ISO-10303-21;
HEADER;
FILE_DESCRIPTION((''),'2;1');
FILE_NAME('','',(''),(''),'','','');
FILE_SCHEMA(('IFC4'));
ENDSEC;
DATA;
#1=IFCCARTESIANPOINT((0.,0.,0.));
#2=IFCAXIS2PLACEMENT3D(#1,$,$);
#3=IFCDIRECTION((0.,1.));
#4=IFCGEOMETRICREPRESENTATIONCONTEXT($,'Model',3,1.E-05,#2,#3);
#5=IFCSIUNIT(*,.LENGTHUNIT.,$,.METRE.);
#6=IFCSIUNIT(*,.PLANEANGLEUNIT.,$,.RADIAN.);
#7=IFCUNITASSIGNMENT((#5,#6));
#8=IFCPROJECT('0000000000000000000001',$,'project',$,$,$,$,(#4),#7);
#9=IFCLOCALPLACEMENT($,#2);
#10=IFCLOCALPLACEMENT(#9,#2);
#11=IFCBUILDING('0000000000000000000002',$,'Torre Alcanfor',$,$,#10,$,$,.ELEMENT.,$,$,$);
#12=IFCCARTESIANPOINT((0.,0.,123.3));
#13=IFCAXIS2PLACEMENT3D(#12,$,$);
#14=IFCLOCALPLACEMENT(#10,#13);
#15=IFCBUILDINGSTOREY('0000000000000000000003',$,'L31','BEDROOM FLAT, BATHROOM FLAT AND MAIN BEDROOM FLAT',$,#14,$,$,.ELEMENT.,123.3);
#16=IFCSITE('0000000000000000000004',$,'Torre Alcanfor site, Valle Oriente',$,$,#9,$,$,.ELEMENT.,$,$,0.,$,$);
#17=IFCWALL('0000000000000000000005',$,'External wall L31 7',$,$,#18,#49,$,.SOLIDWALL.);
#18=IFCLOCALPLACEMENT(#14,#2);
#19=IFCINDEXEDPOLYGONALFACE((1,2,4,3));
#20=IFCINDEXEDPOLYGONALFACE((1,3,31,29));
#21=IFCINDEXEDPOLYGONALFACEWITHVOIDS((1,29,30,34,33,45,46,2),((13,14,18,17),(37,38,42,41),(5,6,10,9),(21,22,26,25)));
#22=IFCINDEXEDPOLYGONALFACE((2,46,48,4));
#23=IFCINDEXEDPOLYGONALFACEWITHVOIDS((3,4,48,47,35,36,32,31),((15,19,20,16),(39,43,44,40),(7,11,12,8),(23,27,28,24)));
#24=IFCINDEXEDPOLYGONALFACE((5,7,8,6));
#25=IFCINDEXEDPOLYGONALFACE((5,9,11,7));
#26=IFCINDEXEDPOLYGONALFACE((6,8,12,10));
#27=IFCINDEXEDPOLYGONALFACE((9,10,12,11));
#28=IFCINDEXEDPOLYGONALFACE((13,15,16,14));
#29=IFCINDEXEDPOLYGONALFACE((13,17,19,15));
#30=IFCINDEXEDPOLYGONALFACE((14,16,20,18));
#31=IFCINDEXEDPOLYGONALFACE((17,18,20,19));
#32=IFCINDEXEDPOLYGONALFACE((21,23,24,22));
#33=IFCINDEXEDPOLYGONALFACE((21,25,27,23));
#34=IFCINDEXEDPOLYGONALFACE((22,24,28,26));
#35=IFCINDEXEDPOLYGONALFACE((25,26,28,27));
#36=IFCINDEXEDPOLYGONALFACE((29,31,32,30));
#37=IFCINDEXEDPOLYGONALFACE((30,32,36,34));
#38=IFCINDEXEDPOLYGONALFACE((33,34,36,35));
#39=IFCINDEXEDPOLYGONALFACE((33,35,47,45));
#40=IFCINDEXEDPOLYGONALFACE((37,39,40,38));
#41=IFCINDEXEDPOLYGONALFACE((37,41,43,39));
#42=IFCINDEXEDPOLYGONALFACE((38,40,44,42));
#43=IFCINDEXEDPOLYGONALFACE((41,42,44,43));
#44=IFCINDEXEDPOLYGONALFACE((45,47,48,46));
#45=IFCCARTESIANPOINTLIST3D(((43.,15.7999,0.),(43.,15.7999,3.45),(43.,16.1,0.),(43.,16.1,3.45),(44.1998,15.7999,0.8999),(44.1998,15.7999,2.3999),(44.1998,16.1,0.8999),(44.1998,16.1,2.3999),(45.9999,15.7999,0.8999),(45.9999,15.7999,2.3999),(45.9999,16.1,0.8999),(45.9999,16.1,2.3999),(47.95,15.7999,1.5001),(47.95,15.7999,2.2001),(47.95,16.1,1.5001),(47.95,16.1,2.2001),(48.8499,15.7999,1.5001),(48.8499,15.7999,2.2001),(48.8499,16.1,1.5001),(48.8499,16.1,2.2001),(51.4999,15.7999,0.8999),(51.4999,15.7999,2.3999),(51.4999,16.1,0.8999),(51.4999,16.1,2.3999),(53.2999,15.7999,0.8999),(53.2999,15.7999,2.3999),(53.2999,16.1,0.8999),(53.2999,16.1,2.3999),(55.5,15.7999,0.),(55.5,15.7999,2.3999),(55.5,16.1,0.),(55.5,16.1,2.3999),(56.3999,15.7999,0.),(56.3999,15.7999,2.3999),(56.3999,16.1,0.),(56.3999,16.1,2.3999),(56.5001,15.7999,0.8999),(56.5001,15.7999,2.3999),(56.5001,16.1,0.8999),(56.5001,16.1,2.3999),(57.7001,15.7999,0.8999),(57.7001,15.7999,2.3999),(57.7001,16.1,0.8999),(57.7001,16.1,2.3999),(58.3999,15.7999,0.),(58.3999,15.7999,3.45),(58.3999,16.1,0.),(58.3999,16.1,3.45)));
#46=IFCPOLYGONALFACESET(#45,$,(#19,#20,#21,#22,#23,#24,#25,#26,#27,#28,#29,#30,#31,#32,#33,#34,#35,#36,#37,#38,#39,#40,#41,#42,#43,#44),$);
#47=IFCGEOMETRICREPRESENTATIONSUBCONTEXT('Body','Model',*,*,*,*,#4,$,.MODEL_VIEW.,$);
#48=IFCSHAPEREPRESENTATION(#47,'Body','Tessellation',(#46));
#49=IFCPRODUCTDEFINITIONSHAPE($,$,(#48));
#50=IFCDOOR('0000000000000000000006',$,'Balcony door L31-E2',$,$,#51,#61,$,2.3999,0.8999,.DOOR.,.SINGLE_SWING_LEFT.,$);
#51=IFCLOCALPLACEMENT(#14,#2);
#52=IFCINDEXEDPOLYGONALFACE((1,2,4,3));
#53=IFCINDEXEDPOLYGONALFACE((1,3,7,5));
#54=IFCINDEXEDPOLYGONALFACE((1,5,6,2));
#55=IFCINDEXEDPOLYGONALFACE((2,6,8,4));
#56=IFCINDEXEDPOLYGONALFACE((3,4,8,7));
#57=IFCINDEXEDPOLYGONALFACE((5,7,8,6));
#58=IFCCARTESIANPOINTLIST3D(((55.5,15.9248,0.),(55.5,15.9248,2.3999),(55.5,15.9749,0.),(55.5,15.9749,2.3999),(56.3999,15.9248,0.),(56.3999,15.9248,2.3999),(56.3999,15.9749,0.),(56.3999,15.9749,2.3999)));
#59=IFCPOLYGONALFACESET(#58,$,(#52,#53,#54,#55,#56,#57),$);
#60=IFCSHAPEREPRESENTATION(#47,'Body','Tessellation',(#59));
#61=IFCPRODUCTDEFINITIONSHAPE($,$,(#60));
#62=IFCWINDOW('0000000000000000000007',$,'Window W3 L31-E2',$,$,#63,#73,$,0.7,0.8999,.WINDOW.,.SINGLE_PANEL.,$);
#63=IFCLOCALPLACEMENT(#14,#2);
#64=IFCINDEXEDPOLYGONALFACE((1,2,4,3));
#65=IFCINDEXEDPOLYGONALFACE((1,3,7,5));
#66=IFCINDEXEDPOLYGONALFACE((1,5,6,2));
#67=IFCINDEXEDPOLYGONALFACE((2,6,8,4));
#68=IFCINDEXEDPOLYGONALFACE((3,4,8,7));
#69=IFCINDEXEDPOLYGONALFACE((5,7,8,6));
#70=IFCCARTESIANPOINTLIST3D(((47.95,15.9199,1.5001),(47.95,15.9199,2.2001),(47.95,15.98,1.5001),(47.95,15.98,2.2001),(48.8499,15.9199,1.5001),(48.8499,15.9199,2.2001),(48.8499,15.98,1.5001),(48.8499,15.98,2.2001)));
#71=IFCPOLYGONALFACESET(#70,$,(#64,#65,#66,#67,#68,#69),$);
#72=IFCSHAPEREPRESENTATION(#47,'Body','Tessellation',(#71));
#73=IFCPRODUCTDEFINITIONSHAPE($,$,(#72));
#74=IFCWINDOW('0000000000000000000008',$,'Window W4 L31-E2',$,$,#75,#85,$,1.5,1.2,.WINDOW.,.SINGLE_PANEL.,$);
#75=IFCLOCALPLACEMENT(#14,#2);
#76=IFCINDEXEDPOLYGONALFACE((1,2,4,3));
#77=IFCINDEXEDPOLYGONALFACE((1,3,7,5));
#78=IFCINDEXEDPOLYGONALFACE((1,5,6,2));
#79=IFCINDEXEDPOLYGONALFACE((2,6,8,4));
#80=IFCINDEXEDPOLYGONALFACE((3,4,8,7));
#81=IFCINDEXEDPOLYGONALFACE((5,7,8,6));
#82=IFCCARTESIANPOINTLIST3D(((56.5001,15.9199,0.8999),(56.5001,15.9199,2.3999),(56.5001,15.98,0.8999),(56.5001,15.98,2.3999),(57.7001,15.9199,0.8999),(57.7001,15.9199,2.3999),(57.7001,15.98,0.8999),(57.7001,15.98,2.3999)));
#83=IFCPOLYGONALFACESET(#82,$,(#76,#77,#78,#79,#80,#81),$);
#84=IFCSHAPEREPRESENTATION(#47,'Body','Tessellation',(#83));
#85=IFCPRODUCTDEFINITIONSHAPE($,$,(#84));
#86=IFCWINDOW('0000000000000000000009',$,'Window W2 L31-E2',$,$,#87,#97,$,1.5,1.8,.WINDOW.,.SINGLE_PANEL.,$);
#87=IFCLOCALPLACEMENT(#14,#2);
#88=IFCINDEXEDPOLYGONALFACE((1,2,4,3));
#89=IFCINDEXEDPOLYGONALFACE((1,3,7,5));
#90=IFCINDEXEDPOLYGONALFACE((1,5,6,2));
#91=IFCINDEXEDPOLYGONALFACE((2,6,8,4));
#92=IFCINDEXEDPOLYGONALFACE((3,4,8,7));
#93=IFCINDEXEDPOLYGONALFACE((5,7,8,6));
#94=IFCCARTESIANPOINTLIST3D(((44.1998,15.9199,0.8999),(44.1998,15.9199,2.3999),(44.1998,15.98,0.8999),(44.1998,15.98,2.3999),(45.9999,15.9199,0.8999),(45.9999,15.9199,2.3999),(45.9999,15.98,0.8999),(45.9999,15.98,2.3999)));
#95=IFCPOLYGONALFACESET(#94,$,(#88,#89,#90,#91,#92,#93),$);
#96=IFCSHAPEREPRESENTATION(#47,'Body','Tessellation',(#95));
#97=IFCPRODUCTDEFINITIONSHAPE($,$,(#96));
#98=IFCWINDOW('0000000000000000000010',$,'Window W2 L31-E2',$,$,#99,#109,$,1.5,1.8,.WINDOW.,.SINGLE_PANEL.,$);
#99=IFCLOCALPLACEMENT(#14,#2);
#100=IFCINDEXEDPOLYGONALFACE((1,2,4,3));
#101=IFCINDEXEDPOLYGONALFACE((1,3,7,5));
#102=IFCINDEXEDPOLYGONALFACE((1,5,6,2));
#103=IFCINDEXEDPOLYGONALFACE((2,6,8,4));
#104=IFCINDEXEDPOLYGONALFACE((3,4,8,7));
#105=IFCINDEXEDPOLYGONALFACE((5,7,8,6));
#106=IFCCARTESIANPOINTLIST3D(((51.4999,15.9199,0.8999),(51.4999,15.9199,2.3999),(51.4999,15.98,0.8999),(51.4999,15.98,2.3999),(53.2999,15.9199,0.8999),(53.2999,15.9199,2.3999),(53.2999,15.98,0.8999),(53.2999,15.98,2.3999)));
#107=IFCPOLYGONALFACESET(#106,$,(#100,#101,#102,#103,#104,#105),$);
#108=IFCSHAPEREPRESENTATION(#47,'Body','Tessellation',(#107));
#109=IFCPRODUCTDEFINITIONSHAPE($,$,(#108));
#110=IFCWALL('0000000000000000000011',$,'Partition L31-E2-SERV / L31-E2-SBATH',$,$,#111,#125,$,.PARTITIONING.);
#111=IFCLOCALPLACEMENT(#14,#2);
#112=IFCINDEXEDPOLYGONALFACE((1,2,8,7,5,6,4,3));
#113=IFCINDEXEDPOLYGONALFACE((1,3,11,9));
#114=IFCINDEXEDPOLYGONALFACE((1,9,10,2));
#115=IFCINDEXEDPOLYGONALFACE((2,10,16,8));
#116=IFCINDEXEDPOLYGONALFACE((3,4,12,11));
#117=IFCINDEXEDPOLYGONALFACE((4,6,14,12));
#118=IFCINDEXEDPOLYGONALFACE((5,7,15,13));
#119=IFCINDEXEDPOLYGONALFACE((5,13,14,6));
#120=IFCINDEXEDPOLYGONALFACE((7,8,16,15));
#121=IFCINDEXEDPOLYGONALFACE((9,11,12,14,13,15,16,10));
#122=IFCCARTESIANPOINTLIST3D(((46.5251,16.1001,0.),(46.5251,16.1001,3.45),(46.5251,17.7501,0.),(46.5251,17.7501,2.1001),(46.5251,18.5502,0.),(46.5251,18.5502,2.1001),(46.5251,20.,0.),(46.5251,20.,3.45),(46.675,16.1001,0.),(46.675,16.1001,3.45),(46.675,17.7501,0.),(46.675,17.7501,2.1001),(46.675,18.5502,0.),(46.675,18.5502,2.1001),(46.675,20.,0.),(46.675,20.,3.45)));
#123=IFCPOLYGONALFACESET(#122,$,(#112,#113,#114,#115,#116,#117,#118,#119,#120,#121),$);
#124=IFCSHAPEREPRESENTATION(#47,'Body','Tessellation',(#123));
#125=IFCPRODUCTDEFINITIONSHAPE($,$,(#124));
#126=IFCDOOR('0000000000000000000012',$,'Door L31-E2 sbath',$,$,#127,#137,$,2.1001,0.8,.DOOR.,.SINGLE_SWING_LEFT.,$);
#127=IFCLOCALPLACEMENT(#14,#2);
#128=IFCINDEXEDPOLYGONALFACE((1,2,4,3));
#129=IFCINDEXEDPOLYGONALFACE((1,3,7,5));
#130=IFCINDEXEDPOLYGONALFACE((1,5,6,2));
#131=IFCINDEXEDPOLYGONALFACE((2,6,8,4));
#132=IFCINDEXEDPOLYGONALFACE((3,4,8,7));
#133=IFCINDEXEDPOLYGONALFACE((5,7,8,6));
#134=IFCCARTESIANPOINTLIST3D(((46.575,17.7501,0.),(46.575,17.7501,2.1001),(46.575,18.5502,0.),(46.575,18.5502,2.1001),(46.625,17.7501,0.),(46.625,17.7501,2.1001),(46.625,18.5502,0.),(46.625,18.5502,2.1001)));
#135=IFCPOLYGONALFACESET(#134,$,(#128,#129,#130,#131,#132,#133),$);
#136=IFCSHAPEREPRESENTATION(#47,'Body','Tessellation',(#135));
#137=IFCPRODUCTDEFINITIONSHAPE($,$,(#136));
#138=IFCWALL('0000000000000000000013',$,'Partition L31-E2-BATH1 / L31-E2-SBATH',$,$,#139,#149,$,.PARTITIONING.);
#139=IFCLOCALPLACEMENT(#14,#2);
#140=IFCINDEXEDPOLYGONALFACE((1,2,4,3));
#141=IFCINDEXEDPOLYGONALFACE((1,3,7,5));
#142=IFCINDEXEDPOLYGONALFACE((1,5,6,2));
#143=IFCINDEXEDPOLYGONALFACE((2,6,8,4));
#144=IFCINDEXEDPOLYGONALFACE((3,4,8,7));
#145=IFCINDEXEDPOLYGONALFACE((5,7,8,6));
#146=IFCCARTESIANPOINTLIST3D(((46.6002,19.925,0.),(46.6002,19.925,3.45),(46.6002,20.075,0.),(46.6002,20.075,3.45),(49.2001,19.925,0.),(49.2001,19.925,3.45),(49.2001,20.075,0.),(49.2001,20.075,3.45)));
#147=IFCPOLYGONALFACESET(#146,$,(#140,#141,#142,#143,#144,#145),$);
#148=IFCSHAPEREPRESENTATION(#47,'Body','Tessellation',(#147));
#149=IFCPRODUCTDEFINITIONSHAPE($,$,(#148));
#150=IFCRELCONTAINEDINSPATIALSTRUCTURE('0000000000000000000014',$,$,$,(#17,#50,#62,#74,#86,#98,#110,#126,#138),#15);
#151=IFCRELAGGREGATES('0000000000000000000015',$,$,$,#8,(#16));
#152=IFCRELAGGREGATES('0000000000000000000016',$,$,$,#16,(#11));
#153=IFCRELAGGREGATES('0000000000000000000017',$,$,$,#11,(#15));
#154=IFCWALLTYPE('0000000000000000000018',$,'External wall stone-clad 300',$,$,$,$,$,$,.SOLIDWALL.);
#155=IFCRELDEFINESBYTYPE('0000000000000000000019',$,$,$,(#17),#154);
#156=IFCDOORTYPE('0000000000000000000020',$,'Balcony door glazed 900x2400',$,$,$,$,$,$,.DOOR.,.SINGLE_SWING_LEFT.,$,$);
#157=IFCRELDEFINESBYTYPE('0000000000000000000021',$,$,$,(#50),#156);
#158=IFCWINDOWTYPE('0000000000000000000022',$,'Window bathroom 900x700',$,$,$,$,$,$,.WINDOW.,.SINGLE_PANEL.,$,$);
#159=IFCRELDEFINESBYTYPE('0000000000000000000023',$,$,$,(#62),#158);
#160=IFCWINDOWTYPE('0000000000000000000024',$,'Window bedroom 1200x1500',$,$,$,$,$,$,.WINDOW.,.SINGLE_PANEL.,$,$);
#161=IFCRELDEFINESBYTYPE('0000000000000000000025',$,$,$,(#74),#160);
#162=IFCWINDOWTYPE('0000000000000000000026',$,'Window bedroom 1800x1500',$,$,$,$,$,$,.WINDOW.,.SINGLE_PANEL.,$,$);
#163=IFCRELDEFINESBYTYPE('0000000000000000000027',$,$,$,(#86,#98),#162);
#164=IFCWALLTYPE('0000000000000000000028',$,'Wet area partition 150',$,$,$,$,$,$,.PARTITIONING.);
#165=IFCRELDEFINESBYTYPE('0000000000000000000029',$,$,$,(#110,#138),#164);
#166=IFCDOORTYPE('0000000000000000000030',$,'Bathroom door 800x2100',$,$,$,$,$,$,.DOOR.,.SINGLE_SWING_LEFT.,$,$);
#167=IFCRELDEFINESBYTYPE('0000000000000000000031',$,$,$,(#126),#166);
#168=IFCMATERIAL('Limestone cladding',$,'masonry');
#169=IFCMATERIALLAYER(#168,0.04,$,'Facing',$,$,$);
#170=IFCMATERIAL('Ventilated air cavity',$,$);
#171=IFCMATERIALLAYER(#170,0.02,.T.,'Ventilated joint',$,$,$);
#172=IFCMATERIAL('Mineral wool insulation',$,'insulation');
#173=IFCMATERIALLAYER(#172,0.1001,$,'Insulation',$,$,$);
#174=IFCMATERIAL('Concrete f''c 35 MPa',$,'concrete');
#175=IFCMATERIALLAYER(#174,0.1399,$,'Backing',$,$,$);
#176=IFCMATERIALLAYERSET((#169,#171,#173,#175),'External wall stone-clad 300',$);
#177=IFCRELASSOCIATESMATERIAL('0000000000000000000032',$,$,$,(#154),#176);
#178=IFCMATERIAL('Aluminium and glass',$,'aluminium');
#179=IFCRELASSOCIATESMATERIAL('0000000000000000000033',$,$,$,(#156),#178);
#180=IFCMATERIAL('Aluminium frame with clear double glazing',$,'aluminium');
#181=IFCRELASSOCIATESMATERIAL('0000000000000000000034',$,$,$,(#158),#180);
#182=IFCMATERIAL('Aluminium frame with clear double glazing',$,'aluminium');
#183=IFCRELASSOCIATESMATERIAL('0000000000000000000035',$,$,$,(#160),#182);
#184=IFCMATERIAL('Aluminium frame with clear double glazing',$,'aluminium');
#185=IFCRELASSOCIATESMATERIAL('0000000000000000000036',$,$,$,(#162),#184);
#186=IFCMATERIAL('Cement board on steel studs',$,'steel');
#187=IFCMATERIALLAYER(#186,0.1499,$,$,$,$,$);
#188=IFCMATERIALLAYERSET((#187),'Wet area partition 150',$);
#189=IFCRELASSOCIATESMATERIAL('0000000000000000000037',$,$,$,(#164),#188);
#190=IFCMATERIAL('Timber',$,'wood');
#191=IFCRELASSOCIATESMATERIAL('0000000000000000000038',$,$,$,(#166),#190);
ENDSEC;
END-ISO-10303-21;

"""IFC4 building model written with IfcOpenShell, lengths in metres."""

from ifc_helpers import new_model, si_unit, direction, frame, frame_2d, origin, place, context, subcontext, project, spatial, rectangle, extrude, material, layer, layer_set, type_object, element, fill, save


model = new_model("IFC4")

# Units and contexts
model_context = context("Model", 3, precision=1e-05, world=origin(), true_north=direction((0.0, 1.0)))
body_context = subcontext(model_context, "Body", "Model", "MODEL_VIEW")
ifc_project = project(units=[si_unit("LENGTHUNIT", "METRE"), si_unit("PLANEANGLEUNIT", "RADIAN")], contexts=[model_context])

# Site, building, storey
site_placement = place(None, origin())
site = spatial("IfcSite", under=ifc_project, at=site_placement, Name="Torre Alcanfor site, Valle Oriente", CompositionType="ELEMENT", RefElevation=0.0)
building_placement = place(site_placement, origin())
building = spatial("IfcBuilding", under=site, at=building_placement, Name="Torre Alcanfor", CompositionType="ELEMENT")
storey_placement = place(building_placement, frame((0.0, 0.0, 123.3)))
storey = spatial("IfcBuildingStorey", under=building, at=storey_placement, Name="L31", Description="BEDROOM FLAT, BATHROOM FLAT AND MAIN BEDROOM FLAT", CompositionType="ELEMENT", Elevation=123.3)

# Wall, openings, door, windows
ifc_material_1 = material(Name="Limestone cladding", Category="masonry")
ifc_layer_1 = layer(ifc_material_1, 0.04, Name="Facing")
ifc_material_2 = material(Name="Ventilated air cavity")
ifc_layer_2 = layer(ifc_material_2, 0.02, ventilated=True, Name="Ventilated joint")
ifc_material_3 = material(Name="Mineral wool insulation", Category="insulation")
ifc_layer_3 = layer(ifc_material_3, 0.1001, Name="Insulation")
ifc_material_4 = material(Name="Concrete f'c 35 MPa", Category="concrete")
ifc_layer_4 = layer(ifc_material_4, 0.1399, Name="Backing")
ifc_layer_set_1 = layer_set([ifc_layer_1, ifc_layer_2, ifc_layer_3, ifc_layer_4], Name="External wall stone-clad 300")
wall_type_1 = type_object("IfcWallType", Name="External wall stone-clad 300", PredefinedType="SOLIDWALL", material=ifc_layer_set_1)
wall_1_placement = place(storey_placement, frame((43.0, 15.95, 0.0), z_axis=(0.0, 0.0, 1.0), x_axis=(1.0, 0.0, 0.0)))
wall_1 = element("IfcWall", 1, at=wall_1_placement, inside=storey, type_object=wall_type_1, Name="External wall L31 7", PredefinedType="SOLIDWALL", context=body_context, shape_type="SweptSolid", body=[
    extrude(rectangle(XDim=15.3999, YDim=0.3, at=frame_2d((7.7, 0.0))), origin(), (0.0, 0.0, 1.0), 3.45),
])
opening_1_placement = place(wall_1_placement, frame((1.2, 0.0, 0.8999)))
opening_1 = element("IfcOpeningElement", 2, at=opening_1_placement, cuts=wall_1, PredefinedType="OPENING", context=body_context, shape_type="SweptSolid", body=[
    extrude(rectangle(XDim=1.8, YDim=1.5, at=frame_2d((0.8999, 0.75))), frame((0.0, 0.1599, 0.0), z_axis=(0.0, -1.0, 0.0), x_axis=(1.0, 0.0, 0.0)), (0.0, 0.0, 1.0), 0.3201),
])
opening_2_placement = place(wall_1_placement, frame((4.95, 0.0, 1.5)))
opening_2 = element("IfcOpeningElement", 3, at=opening_2_placement, cuts=wall_1, PredefinedType="OPENING", context=body_context, shape_type="SweptSolid", body=[
    extrude(rectangle(XDim=0.8999, YDim=0.7, at=frame_2d((0.45, 0.3501))), frame((0.0, 0.1599, 0.0), z_axis=(0.0, -1.0, 0.0), x_axis=(1.0, 0.0, 0.0)), (0.0, 0.0, 1.0), 0.3201),
])
opening_3_placement = place(wall_1_placement, frame((8.5, 0.0, 0.8999)))
opening_3 = element("IfcOpeningElement", 4, at=opening_3_placement, cuts=wall_1, PredefinedType="OPENING", context=body_context, shape_type="SweptSolid", body=[
    extrude(rectangle(XDim=1.8, YDim=1.5, at=frame_2d((0.8999, 0.75))), frame((0.0, 0.1599, 0.0), z_axis=(0.0, -1.0, 0.0), x_axis=(1.0, 0.0, 0.0)), (0.0, 0.0, 1.0), 0.3201),
])
opening_4_placement = place(wall_1_placement, frame((12.5, 0.0, 0.0)))
opening_4 = element("IfcOpeningElement", 5, at=opening_4_placement, cuts=wall_1, PredefinedType="OPENING", context=body_context, shape_type="SweptSolid", body=[
    extrude(rectangle(XDim=0.8999, YDim=2.3999, at=frame_2d((0.45, 1.2))), frame((0.0, 0.1599, 0.0), z_axis=(0.0, -1.0, 0.0), x_axis=(1.0, 0.0, 0.0)), (0.0, 0.0, 1.0), 0.3201),
])
opening_5_placement = place(wall_1_placement, frame((13.5, 0.0, 0.8999)))
opening_5 = element("IfcOpeningElement", 6, at=opening_5_placement, cuts=wall_1, PredefinedType="OPENING", context=body_context, shape_type="SweptSolid", body=[
    extrude(rectangle(XDim=1.2, YDim=1.5, at=frame_2d((0.6001, 0.75))), frame((0.0, 0.1599, 0.0), z_axis=(0.0, -1.0, 0.0), x_axis=(1.0, 0.0, 0.0)), (0.0, 0.0, 1.0), 0.3201),
])
ifc_material_5 = material(Name="Aluminium and glass", Category="aluminium")
door_type_1 = type_object("IfcDoorType", Name="Balcony door glazed 900x2400", OperationType="SINGLE_SWING_LEFT", PredefinedType="DOOR", material=ifc_material_5)
door_1_placement = place(opening_4_placement, origin())
door_1 = element("IfcDoor", 7, at=door_1_placement, inside=storey, type_object=door_type_1, Name="Balcony door L31-E2", OperationType="SINGLE_SWING_LEFT", OverallHeight=2.3999, OverallWidth=0.8999, PredefinedType="DOOR", context=body_context, shape_type="SweptSolid", body=[
    extrude(rectangle(XDim=0.8999, YDim=2.3999, at=frame_2d((0.45, 1.2))), frame((0.0, 0.0249, 0.0), z_axis=(0.0, -1.0, 0.0), x_axis=(1.0, 0.0, 0.0)), (0.0, 0.0, 1.0), 0.05),
])
fill(opening_4, door_1)
ifc_material_6 = material(Name="Aluminium frame with clear double glazing", Category="aluminium")
window_type_1 = type_object("IfcWindowType", Name="Window bathroom 900x700", PartitioningType="SINGLE_PANEL", PredefinedType="WINDOW", material=ifc_material_6)
window_1_placement = place(opening_2_placement, origin())
window_1 = element("IfcWindow", 8, at=window_1_placement, inside=storey, type_object=window_type_1, Name="Window W3 L31-E2", OverallHeight=0.7, OverallWidth=0.8999, PartitioningType="SINGLE_PANEL", PredefinedType="WINDOW", context=body_context, shape_type="SweptSolid", body=[
    extrude(rectangle(XDim=0.8999, YDim=0.7, at=frame_2d((0.45, 0.3501))), frame((0.0, 0.03, 0.0), z_axis=(0.0, -1.0, 0.0), x_axis=(1.0, 0.0, 0.0)), (0.0, 0.0, 1.0), 0.0601),
])
fill(opening_2, window_1)
ifc_material_7 = material(Name="Aluminium frame with clear double glazing", Category="aluminium")
window_type_2 = type_object("IfcWindowType", Name="Window bedroom 1200x1500", PartitioningType="SINGLE_PANEL", PredefinedType="WINDOW", material=ifc_material_7)
window_2_placement = place(opening_5_placement, origin())
window_2 = element("IfcWindow", 9, at=window_2_placement, inside=storey, type_object=window_type_2, Name="Window W4 L31-E2", OverallHeight=1.5, OverallWidth=1.2, PartitioningType="SINGLE_PANEL", PredefinedType="WINDOW", context=body_context, shape_type="SweptSolid", body=[
    extrude(rectangle(XDim=1.2, YDim=1.5, at=frame_2d((0.6001, 0.75))), frame((0.0, 0.03, 0.0), z_axis=(0.0, -1.0, 0.0), x_axis=(1.0, 0.0, 0.0)), (0.0, 0.0, 1.0), 0.0601),
])
fill(opening_5, window_2)
ifc_material_8 = material(Name="Aluminium frame with clear double glazing", Category="aluminium")
window_type_3 = type_object("IfcWindowType", Name="Window bedroom 1800x1500", PartitioningType="SINGLE_PANEL", PredefinedType="WINDOW", material=ifc_material_8)
window_3_placement = place(opening_1_placement, origin())
window_3 = element("IfcWindow", 10, at=window_3_placement, inside=storey, type_object=window_type_3, Name="Window W2 L31-E2", OverallHeight=1.5, OverallWidth=1.8, PartitioningType="SINGLE_PANEL", PredefinedType="WINDOW", context=body_context, shape_type="SweptSolid", body=[
    extrude(rectangle(XDim=1.8, YDim=1.5, at=frame_2d((0.8999, 0.75))), frame((0.0, 0.03, 0.0), z_axis=(0.0, -1.0, 0.0), x_axis=(1.0, 0.0, 0.0)), (0.0, 0.0, 1.0), 0.0601),
])
fill(opening_1, window_3)
window_4_placement = place(opening_3_placement, origin())
window_4 = element("IfcWindow", 11, at=window_4_placement, inside=storey, type_object=window_type_3, Name="Window W2 L31-E2", OverallHeight=1.5, OverallWidth=1.8, PartitioningType="SINGLE_PANEL", PredefinedType="WINDOW", context=body_context, shape_type="SweptSolid", body=[
    extrude(rectangle(XDim=1.8, YDim=1.5, at=frame_2d((0.8999, 0.75))), frame((0.0, 0.03, 0.0), z_axis=(0.0, -1.0, 0.0), x_axis=(1.0, 0.0, 0.0)), (0.0, 0.0, 1.0), 0.0601),
])
fill(opening_3, window_4)

# Wall, opening, door
ifc_material_9 = material(Name="Cement board on steel studs", Category="steel")
ifc_layer_5 = layer(ifc_material_9, 0.1499)
ifc_layer_set_2 = layer_set([ifc_layer_5], Name="Wet area partition 150")
wall_type_2 = type_object("IfcWallType", Name="Wet area partition 150", PredefinedType="PARTITIONING", material=ifc_layer_set_2)
wall_2_placement = place(storey_placement, frame((46.6001, 20.0, 0.0), z_axis=(0.0, 0.0, 1.0), x_axis=(0.0, -1.0, 0.0)))
wall_2 = element("IfcWall", 12, at=wall_2_placement, inside=storey, type_object=wall_type_2, Name="Partition L31-E2-SERV / L31-E2-SBATH", PredefinedType="PARTITIONING", context=body_context, shape_type="SweptSolid", body=[
    extrude(rectangle(XDim=3.8999, YDim=0.1499, at=frame_2d((1.95, 0.0))), origin(), (0.0, 0.0, 1.0), 3.45),
])
opening_6_placement = place(wall_2_placement, frame((1.45, 0.0, 0.0)))
opening_6 = element("IfcOpeningElement", 13, at=opening_6_placement, cuts=wall_2, PredefinedType="OPENING", context=body_context, shape_type="SweptSolid", body=[
    extrude(rectangle(XDim=0.8, YDim=2.1001, at=frame_2d((0.3999, 1.05))), frame((0.0, 0.085, 0.0), z_axis=(0.0, -1.0, 0.0), x_axis=(1.0, 0.0, 0.0)), (0.0, 0.0, 1.0), 0.1699),
])
ifc_material_10 = material(Name="Timber", Category="wood")
door_type_2 = type_object("IfcDoorType", Name="Bathroom door 800x2100", OperationType="SINGLE_SWING_LEFT", PredefinedType="DOOR", material=ifc_material_10)
door_2_placement = place(opening_6_placement, origin())
door_2 = element("IfcDoor", 14, at=door_2_placement, inside=storey, type_object=door_type_2, Name="Door L31-E2 sbath", OperationType="SINGLE_SWING_LEFT", OverallHeight=2.1001, OverallWidth=0.8, PredefinedType="DOOR", context=body_context, shape_type="SweptSolid", body=[
    extrude(rectangle(XDim=0.8, YDim=2.1001, at=frame_2d((0.3999, 1.05))), frame((0.0, 0.0249, 0.0), z_axis=(0.0, -1.0, 0.0), x_axis=(1.0, 0.0, 0.0)), (0.0, 0.0, 1.0), 0.05),
])
fill(opening_6, door_2)

# Wall
wall_3_placement = place(storey_placement, frame((49.2, 20.0, 0.0), z_axis=(0.0, 0.0, 1.0), x_axis=(-1.0, 0.0, 0.0)))
element("IfcWall", 15, at=wall_3_placement, inside=storey, type_object=wall_type_2, Name="Partition L31-E2-BATH1 / L31-E2-SBATH", PredefinedType="PARTITIONING", context=body_context, shape_type="SweptSolid", body=[
    extrude(rectangle(XDim=2.5999, YDim=0.1499, at=frame_2d((1.2998, 0.0))), origin(), (0.0, 0.0, 1.0), 3.45),
])

save(model, "model.ifc")
